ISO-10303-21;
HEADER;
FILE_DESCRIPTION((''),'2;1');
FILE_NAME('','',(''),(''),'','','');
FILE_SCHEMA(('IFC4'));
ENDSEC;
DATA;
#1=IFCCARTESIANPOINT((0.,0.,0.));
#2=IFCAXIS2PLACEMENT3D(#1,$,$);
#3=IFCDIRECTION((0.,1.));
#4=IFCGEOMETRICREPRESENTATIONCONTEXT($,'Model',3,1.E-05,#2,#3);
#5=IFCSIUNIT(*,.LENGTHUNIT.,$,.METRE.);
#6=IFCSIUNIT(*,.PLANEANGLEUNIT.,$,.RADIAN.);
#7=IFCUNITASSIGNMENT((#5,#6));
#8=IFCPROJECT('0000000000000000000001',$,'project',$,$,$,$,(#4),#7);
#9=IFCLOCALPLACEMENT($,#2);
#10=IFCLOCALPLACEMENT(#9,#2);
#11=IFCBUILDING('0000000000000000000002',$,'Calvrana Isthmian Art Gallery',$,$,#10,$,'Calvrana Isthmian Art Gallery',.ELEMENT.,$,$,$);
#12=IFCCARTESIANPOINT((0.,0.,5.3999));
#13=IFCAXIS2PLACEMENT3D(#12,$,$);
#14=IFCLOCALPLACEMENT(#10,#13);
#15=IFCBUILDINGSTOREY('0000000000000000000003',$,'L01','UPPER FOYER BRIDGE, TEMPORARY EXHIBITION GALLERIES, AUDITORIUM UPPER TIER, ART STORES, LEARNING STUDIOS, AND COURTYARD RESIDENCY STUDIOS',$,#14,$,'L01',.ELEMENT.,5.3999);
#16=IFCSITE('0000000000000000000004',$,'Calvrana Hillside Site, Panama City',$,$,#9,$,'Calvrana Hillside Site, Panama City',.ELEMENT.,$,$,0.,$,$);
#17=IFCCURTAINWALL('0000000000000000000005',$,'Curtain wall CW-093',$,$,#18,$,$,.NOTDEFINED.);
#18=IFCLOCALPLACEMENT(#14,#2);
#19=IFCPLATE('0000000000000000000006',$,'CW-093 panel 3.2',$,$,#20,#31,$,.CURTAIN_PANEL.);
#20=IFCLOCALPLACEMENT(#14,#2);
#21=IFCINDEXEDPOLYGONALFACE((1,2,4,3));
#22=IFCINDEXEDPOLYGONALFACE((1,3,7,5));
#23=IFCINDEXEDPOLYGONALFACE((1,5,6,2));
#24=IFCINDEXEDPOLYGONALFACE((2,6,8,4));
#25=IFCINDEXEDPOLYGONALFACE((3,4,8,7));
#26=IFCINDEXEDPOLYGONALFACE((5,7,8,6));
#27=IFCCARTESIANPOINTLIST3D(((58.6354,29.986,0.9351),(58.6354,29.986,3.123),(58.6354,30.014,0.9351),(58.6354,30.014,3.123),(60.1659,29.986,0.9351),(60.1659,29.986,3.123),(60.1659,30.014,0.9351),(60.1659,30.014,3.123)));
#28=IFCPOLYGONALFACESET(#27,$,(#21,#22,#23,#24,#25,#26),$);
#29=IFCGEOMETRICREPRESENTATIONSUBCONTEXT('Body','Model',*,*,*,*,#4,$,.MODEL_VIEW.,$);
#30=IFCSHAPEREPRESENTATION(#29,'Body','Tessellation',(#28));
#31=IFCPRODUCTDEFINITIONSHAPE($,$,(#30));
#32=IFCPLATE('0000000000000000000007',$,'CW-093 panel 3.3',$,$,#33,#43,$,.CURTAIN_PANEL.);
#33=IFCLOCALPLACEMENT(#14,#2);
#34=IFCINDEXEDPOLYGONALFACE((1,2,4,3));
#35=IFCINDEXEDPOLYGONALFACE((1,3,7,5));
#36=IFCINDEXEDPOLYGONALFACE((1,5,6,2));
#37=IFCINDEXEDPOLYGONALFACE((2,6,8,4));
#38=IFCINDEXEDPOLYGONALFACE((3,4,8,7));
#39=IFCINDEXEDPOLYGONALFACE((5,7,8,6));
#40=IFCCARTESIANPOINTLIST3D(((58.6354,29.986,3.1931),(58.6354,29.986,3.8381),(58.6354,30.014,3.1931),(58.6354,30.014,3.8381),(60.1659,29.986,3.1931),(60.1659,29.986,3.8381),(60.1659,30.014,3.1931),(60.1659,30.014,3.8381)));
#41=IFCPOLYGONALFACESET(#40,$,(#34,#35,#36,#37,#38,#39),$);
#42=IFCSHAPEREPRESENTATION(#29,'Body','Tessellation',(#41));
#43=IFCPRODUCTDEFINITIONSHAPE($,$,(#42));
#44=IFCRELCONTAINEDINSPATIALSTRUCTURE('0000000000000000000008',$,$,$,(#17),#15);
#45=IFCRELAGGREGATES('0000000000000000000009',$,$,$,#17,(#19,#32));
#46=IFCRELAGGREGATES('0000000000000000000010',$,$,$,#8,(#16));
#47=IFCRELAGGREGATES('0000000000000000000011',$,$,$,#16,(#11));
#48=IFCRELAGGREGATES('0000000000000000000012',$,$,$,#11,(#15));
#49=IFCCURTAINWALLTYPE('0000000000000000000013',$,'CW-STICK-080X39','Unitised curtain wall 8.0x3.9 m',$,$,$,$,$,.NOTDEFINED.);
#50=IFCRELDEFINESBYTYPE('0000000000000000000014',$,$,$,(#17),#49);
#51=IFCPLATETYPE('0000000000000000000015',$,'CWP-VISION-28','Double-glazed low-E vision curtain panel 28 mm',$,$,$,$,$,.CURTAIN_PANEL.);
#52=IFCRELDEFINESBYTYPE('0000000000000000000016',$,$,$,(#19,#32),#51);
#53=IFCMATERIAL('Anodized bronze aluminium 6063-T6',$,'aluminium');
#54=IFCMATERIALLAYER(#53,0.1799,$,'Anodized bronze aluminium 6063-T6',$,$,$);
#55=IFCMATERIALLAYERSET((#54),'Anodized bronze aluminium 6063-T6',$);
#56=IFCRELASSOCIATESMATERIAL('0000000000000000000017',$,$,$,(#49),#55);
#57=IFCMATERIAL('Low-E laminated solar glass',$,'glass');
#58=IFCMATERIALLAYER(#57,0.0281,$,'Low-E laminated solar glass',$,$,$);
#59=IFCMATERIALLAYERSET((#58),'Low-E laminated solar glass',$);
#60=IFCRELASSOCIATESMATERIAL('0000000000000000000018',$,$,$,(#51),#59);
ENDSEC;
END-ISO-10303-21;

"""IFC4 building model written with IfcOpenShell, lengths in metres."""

from ifc_helpers import new_model, si_unit, direction, frame, origin, origin_2d, place, context, subcontext, project, spatial, rectangle, extrude, material, layer, layer_set, type_object, element, aggregate, save


model = new_model("IFC4")

# Units and contexts
model_context = context("Model", 3, precision=1e-05, world=origin(), true_north=direction((0.0, 1.0)))
body_context = subcontext(model_context, "Body", "Model", "MODEL_VIEW")
ifc_project = project(units=[si_unit("LENGTHUNIT", "METRE"), si_unit("PLANEANGLEUNIT", "RADIAN")], contexts=[model_context])

# Site, building, storey
site_placement = place(None, origin())
site = spatial("IfcSite", under=ifc_project, at=site_placement, Name="Calvrana Hillside Site, Panama City", LongName="Calvrana Hillside Site, Panama City", CompositionType="ELEMENT", RefElevation=0.0)
building_placement = place(site_placement, origin())
building = spatial("IfcBuilding", under=site, at=building_placement, Name="Calvrana Isthmian Art Gallery", LongName="Calvrana Isthmian Art Gallery", CompositionType="ELEMENT")
storey_placement = place(building_placement, frame((0.0, 0.0, 5.3999)))
storey = spatial("IfcBuildingStorey", under=building, at=storey_placement, Name="L01", Description="UPPER FOYER BRIDGE, TEMPORARY EXHIBITION GALLERIES, AUDITORIUM UPPER TIER, ART STORES, LEARNING STUDIOS, AND COURTYARD RESIDENCY STUDIOS", LongName="L01", CompositionType="ELEMENT", Elevation=5.3999)

# Curtain wall, plates
ifc_material_1 = material(Name="Anodized bronze aluminium 6063-T6", Category="aluminium")
ifc_layer_1 = layer(ifc_material_1, 0.1799, Name="Anodized bronze aluminium 6063-T6")
ifc_layer_set_1 = layer_set([ifc_layer_1], Name="Anodized bronze aluminium 6063-T6")
curtain_wall_type = type_object("IfcCurtainWallType", Name="CW-STICK-080X39", Description="Unitised curtain wall 8.0x3.9 m", PredefinedType="NOTDEFINED", material=ifc_layer_set_1)
curtain_wall_placement = place(storey_placement, origin())
curtain_wall = element("IfcCurtainWall", 1, at=curtain_wall_placement, inside=storey, type_object=curtain_wall_type, Name="Curtain wall CW-093", PredefinedType="NOTDEFINED")
ifc_material_2 = material(Name="Low-E laminated solar glass", Category="glass")
ifc_layer_2 = layer(ifc_material_2, 0.0281, Name="Low-E laminated solar glass")
ifc_layer_set_2 = layer_set([ifc_layer_2], Name="Low-E laminated solar glass")
plate_type = type_object("IfcPlateType", Name="CWP-VISION-28", Description="Double-glazed low-E vision curtain panel 28 mm", PredefinedType="CURTAIN_PANEL", material=ifc_layer_set_2)
plate_1_placement = place(storey_placement, frame((59.4006, 30.0, 0.9351), z_axis=(0.0, 0.0, 1.0), x_axis=(-1.0, 0.0, 0.0)))
plate_1 = element("IfcPlate", 2, at=plate_1_placement, type_object=plate_type, Name="CW-093 panel 3.2", PredefinedType="CURTAIN_PANEL", context=body_context, shape_type="SweptSolid", body=[
    extrude(rectangle(XDim=1.5305, YDim=0.0281, at=origin_2d()), origin(), (0.0, 0.0, 1.0), 2.188),
])
plate_2_placement = place(storey_placement, frame((59.4006, 30.0, 3.1931), z_axis=(0.0, 0.0, 1.0), x_axis=(-1.0, 0.0, 0.0)))
plate_2 = element("IfcPlate", 3, at=plate_2_placement, type_object=plate_type, Name="CW-093 panel 3.3", PredefinedType="CURTAIN_PANEL", context=body_context, shape_type="SweptSolid", body=[
    extrude(rectangle(XDim=1.5305, YDim=0.0281, at=origin_2d()), origin(), (0.0, 0.0, 1.0), 0.645),
])
aggregate(curtain_wall, [plate_1, plate_2])

save(model, "model.ifc")
